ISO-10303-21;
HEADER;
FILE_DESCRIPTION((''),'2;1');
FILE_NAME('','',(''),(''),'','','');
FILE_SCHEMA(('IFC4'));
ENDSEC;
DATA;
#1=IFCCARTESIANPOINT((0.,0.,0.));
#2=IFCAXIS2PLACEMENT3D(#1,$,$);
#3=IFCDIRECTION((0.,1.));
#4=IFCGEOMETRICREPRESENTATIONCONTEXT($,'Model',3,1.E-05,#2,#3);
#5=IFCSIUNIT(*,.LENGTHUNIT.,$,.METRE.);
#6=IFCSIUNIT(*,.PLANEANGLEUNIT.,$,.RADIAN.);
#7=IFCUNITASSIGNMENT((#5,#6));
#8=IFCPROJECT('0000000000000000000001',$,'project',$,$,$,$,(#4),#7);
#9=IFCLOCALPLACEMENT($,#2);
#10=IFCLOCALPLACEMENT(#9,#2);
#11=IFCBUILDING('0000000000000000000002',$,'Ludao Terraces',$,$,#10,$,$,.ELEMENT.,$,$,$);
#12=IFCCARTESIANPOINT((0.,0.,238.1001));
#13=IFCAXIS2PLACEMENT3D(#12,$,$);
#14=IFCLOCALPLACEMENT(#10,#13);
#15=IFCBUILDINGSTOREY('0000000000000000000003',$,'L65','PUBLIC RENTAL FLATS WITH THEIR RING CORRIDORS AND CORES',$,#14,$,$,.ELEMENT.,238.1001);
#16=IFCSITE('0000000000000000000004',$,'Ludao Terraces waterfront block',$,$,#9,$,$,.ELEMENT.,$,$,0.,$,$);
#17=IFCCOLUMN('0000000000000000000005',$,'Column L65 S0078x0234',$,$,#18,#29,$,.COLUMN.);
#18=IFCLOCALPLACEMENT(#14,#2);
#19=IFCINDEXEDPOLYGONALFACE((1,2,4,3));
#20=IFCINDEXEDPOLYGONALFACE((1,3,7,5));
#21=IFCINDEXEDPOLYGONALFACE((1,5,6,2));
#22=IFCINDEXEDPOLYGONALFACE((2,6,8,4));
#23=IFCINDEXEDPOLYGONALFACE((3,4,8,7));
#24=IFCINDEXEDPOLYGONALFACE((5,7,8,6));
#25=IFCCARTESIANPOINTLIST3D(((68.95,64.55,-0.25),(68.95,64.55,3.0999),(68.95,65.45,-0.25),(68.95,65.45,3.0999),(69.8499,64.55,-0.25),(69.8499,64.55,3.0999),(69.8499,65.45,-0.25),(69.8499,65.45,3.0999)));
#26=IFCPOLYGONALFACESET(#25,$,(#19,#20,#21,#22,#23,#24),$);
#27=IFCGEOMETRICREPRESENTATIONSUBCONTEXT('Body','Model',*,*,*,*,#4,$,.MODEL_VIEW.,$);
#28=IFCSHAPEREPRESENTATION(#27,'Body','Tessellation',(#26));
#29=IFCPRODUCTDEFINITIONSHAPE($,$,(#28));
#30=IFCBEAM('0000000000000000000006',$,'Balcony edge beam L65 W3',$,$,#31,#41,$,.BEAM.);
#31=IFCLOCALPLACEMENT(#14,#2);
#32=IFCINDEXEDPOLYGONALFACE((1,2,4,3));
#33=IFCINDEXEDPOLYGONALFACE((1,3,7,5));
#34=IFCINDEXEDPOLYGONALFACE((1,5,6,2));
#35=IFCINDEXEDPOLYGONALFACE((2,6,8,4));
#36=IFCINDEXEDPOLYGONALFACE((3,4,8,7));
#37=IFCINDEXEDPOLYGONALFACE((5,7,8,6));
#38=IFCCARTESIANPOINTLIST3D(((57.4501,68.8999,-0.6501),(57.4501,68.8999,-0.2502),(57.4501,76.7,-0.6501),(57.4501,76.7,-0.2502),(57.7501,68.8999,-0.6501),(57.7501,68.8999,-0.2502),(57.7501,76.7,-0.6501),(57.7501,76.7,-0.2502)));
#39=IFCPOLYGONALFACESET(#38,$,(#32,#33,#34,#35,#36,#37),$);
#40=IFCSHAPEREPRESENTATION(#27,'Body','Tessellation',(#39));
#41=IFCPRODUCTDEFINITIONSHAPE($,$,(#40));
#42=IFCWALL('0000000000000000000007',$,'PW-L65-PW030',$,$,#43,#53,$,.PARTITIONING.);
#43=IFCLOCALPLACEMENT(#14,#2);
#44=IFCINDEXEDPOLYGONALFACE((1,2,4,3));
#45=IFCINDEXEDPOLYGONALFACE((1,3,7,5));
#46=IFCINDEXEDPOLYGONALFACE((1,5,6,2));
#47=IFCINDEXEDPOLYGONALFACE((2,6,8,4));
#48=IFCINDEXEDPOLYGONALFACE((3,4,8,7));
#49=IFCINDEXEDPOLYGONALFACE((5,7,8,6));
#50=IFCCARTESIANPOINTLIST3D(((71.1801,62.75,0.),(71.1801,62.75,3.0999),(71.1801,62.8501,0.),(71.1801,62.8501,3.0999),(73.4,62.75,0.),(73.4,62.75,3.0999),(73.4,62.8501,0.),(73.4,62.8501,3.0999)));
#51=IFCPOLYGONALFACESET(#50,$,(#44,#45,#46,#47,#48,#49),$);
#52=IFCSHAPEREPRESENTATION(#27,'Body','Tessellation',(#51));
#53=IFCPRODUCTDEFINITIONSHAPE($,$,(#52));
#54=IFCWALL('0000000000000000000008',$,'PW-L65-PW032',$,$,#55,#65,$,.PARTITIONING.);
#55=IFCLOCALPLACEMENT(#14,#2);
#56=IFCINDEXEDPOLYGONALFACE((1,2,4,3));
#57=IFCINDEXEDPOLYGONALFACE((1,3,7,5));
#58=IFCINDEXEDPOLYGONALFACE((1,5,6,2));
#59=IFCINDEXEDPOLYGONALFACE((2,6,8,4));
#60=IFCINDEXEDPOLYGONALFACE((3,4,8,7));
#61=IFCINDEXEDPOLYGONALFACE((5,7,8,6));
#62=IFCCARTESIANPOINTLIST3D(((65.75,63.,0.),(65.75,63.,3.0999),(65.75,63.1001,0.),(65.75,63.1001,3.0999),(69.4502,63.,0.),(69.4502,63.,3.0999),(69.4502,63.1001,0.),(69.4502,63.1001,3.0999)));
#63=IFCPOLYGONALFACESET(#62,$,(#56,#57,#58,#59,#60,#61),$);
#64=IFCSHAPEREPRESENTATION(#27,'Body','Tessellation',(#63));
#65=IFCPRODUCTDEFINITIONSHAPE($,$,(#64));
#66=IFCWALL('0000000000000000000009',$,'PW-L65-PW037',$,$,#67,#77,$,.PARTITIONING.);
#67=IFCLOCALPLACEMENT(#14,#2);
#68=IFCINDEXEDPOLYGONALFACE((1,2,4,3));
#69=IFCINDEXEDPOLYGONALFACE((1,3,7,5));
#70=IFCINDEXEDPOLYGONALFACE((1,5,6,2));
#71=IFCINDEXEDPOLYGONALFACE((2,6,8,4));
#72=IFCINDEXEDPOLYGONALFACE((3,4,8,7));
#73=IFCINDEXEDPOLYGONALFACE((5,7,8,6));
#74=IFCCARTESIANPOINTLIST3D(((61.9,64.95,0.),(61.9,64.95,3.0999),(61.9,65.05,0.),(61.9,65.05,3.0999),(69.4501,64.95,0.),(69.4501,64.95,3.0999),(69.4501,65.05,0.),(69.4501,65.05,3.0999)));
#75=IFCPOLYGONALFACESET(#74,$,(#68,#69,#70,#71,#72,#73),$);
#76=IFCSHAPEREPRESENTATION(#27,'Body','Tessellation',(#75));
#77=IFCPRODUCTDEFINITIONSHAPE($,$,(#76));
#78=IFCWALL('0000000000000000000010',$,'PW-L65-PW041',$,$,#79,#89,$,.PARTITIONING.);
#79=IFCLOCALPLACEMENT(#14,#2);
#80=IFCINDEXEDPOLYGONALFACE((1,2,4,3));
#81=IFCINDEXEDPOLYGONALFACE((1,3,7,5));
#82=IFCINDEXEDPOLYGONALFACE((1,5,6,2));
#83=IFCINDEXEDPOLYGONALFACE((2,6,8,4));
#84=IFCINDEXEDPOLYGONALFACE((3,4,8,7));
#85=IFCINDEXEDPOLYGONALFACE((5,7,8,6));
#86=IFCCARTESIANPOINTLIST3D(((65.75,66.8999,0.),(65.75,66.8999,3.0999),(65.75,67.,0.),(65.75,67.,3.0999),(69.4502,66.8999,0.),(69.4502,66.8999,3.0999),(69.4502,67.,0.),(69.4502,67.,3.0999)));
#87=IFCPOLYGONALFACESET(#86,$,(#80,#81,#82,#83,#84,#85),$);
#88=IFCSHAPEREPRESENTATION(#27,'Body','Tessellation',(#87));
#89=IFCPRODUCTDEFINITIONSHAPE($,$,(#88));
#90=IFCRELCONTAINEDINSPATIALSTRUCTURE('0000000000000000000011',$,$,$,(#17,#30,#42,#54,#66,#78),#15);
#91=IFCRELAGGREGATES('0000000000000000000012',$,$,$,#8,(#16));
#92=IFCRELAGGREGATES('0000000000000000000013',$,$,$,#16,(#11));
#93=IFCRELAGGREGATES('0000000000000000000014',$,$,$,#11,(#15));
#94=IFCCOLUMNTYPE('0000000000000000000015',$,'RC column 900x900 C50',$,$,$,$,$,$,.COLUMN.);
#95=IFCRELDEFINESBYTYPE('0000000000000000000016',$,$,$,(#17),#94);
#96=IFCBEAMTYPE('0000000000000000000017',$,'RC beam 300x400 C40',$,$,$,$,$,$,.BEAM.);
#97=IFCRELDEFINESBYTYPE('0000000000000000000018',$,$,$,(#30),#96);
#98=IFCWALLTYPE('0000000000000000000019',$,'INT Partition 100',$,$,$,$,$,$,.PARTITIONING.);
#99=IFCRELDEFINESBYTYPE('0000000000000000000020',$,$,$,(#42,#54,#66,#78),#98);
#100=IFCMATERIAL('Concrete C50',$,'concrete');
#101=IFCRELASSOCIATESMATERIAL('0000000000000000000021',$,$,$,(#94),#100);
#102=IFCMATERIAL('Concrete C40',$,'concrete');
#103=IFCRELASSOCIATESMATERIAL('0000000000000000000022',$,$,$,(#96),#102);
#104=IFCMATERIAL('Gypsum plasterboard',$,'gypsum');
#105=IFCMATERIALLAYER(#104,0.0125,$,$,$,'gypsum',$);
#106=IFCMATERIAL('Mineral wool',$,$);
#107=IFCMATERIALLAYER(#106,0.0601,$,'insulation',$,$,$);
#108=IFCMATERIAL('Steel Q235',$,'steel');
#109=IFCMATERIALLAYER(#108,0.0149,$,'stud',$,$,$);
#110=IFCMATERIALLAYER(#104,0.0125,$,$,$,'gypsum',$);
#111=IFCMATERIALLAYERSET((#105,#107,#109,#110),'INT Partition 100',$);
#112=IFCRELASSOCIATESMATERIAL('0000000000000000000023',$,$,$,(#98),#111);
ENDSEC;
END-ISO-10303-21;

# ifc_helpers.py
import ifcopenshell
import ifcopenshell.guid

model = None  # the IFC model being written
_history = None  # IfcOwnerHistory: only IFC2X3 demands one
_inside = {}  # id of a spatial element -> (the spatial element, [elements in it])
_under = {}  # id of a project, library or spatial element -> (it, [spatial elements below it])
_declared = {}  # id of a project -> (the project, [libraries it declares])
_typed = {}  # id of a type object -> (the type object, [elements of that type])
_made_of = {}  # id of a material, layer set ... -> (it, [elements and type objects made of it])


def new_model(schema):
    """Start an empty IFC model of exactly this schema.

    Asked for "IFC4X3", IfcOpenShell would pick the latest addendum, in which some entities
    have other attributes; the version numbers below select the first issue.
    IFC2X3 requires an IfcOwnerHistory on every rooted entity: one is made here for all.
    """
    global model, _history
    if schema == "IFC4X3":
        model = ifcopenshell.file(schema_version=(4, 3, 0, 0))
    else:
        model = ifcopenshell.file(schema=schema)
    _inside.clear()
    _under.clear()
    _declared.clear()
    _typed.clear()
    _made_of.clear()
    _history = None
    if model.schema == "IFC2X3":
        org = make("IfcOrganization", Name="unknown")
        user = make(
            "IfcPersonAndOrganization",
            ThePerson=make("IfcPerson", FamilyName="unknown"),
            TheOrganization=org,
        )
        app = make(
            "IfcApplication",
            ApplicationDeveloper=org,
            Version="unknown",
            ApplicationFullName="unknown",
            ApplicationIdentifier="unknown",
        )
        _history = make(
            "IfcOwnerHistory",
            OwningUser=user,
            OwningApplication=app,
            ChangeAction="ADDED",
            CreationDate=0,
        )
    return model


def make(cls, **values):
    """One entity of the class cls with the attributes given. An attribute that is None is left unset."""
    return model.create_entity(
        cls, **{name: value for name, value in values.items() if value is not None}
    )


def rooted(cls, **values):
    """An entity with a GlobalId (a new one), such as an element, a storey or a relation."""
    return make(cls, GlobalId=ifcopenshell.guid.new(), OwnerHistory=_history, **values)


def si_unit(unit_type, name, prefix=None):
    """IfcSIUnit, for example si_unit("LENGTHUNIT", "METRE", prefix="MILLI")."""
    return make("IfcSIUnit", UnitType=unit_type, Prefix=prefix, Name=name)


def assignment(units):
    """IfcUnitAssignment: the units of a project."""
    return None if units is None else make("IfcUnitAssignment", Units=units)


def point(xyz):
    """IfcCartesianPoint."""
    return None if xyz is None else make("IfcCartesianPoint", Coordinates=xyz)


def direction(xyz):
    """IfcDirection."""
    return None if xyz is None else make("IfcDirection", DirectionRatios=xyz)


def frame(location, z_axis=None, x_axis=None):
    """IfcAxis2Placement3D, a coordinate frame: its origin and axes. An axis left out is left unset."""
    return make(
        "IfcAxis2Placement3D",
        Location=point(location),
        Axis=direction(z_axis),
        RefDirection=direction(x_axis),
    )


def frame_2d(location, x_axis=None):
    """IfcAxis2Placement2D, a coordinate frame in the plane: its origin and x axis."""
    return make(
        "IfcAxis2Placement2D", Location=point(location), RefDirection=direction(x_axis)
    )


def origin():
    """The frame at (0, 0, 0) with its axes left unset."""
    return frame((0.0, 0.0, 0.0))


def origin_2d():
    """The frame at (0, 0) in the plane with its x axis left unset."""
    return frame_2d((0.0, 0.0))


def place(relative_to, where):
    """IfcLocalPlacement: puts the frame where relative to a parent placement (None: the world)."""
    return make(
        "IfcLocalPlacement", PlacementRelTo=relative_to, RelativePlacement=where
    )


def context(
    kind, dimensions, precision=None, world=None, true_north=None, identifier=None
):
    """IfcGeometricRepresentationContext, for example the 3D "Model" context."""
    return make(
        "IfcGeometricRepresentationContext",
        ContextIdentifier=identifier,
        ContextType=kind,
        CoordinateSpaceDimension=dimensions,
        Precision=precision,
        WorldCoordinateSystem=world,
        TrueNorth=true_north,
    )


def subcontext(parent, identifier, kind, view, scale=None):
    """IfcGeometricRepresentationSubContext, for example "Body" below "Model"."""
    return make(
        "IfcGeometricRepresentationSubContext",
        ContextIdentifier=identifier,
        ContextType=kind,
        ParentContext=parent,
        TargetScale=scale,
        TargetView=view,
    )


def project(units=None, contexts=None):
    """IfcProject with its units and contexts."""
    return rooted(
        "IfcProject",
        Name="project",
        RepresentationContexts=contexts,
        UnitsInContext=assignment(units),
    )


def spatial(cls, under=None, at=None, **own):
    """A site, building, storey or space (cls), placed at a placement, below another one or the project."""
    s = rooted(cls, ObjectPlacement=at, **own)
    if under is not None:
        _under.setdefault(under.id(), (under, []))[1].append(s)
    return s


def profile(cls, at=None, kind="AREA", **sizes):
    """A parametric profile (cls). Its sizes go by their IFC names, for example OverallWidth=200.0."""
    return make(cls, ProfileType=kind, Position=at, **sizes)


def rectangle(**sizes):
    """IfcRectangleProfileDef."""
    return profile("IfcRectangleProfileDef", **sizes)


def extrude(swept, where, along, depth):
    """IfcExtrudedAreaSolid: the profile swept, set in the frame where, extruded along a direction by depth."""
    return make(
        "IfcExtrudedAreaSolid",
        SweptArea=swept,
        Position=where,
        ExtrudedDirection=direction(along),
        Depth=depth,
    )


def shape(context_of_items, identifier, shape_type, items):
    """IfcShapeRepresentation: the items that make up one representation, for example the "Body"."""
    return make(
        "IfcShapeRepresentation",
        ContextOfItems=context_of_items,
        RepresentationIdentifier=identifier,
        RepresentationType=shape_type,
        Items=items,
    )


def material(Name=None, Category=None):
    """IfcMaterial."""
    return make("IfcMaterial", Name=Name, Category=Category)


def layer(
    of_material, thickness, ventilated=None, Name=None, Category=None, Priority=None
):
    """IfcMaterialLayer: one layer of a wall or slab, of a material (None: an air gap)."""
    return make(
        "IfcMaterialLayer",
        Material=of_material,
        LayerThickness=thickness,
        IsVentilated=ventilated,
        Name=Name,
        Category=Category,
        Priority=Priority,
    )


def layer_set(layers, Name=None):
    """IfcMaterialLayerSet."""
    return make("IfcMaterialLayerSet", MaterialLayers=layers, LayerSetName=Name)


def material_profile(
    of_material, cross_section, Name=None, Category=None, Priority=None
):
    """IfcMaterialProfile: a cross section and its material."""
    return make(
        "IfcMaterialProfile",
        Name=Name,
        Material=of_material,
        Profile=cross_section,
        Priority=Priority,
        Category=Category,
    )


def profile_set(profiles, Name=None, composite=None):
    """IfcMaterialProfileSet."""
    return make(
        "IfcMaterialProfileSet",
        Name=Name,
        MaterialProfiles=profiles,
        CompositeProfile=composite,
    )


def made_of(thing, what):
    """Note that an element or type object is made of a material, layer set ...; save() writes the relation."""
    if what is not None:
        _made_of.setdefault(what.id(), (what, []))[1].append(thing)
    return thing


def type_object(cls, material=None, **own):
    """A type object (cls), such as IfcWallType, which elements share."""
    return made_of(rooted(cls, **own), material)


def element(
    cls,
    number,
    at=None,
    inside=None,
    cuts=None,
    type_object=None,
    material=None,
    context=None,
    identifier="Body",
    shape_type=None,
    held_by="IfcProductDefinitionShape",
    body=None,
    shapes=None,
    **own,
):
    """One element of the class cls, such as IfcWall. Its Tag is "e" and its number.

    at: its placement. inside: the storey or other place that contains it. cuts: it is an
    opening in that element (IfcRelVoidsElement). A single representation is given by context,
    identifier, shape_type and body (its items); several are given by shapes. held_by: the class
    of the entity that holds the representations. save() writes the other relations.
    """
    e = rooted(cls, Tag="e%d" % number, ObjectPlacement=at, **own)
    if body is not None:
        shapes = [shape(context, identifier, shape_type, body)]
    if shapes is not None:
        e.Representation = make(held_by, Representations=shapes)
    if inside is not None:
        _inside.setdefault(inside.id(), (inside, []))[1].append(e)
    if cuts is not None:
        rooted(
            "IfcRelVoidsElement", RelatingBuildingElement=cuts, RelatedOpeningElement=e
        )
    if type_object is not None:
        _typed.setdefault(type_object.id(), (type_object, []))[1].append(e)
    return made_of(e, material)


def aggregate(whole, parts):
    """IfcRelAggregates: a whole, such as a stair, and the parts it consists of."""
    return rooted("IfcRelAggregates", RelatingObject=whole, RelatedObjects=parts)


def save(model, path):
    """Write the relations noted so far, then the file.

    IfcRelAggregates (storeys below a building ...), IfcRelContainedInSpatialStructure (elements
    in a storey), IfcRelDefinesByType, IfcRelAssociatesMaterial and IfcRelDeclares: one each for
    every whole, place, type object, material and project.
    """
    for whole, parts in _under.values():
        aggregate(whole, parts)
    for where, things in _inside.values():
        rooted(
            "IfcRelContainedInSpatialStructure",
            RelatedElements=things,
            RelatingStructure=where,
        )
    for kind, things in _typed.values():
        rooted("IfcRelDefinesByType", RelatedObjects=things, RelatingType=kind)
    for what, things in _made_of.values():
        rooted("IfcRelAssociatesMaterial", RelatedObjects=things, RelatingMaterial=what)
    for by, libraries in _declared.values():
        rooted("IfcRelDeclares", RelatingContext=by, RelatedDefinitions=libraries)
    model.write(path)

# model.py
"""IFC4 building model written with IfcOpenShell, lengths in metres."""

from ifc_helpers import new_model, si_unit, direction, frame, frame_2d, origin, origin_2d, place, context, subcontext, project, spatial, rectangle, extrude, material, layer, layer_set, material_profile, profile_set, type_object, element, save


model = new_model("IFC4")

# Units and contexts
model_context = context("Model", 3, precision=1e-05, world=origin(), true_north=direction((0.0, 1.0)))
body_context = subcontext(model_context, "Body", "Model", "MODEL_VIEW")
ifc_project = project(units=[si_unit("LENGTHUNIT", "METRE"), si_unit("PLANEANGLEUNIT", "RADIAN")], contexts=[model_context])

# Site, building, storey
site_placement = place(None, origin())
site = spatial("IfcSite", under=ifc_project, at=site_placement, Name="Ludao Terraces waterfront block", CompositionType="ELEMENT", RefElevation=0.0)
building_placement = place(site_placement, origin())
building = spatial("IfcBuilding", under=site, at=building_placement, Name="Ludao Terraces", CompositionType="ELEMENT")
storey_placement = place(building_placement, frame((0.0, 0.0, 238.1001)))
storey = spatial("IfcBuildingStorey", under=building, at=storey_placement, Name="L65", Description="PUBLIC RENTAL FLATS WITH THEIR RING CORRIDORS AND CORES", CompositionType="ELEMENT", Elevation=238.1001)

# Column
ifc_material_1 = material(Name="Concrete C50", Category="concrete")
ifc_material_profile_1 = material_profile(ifc_material_1, rectangle(XDim=0.8999, YDim=0.8999, at=origin_2d()), Name="900 X 900")
ifc_profile_set_1 = profile_set([ifc_material_profile_1], Name="Concrete C50")
column_type = type_object("IfcColumnType", Name="RC column 900x900 C50", PredefinedType="COLUMN", material=ifc_profile_set_1)
column_placement = place(storey_placement, frame((69.3999, 65.0, -0.25), z_axis=(0.0, 0.0, 1.0), x_axis=(1.0, 0.0, 0.0)))
element("IfcColumn", 1, at=column_placement, inside=storey, type_object=column_type, Name="Column L65 S0078x0234", PredefinedType="COLUMN", context=body_context, shape_type="SweptSolid", body=[
    extrude(rectangle(XDim=0.8999, YDim=0.8999, at=origin_2d()), origin(), (0.0, 0.0, 1.0), 3.3499),
])

# Beam
ifc_material_2 = material(Name="Concrete C40", Category="concrete")
ifc_material_profile_2 = material_profile(ifc_material_2, rectangle(XDim=0.3, YDim=0.3999, at=origin_2d()), Name="300 X 400")
ifc_profile_set_2 = profile_set([ifc_material_profile_2], Name="Concrete C40")
beam_type = type_object("IfcBeamType", Name="RC beam 300x400 C40", PredefinedType="BEAM", material=ifc_profile_set_2)
beam_placement = place(storey_placement, frame((57.6001, 68.8999, -0.4502), z_axis=(0.0, 1.0, 0.0), x_axis=(-1.0, 0.0, 0.0)))
element("IfcBeam", 2, at=beam_placement, inside=storey, type_object=beam_type, Name="Balcony edge beam L65 W3", PredefinedType="BEAM", context=body_context, shape_type="SweptSolid", body=[
    extrude(rectangle(XDim=0.3, YDim=0.3999, at=origin_2d()), origin(), (0.0, 0.0, 1.0), 7.8),
])

# Shared definitions
ifc_material_3 = material(Name="Mineral wool")

# Walls
ifc_material_4 = material(Name="Gypsum plasterboard", Category="gypsum")
ifc_layer_1 = layer(ifc_material_4, 0.0125, Category="gypsum")
ifc_layer_2 = layer(ifc_material_3, 0.0601, Name="insulation")
ifc_material_5 = material(Name="Steel Q235", Category="steel")
ifc_layer_3 = layer(ifc_material_5, 0.0149, Name="stud")
ifc_layer_4 = layer(ifc_material_4, 0.0125, Category="gypsum")
ifc_layer_set_1 = layer_set([ifc_layer_1, ifc_layer_2, ifc_layer_3, ifc_layer_4], Name="INT Partition 100")
wall_type_1 = type_object("IfcWallType", Name="INT Partition 100", PredefinedType="PARTITIONING", material=ifc_layer_set_1)
wall_1_placement = place(storey_placement, frame((71.1802, 62.8, 0.0), z_axis=(0.0, 0.0, 1.0), x_axis=(1.0, 0.0, 0.0)))
element("IfcWall", 3, at=wall_1_placement, inside=storey, type_object=wall_type_1, Name="PW-L65-PW030", PredefinedType="PARTITIONING", context=body_context, shape_type="SweptSolid", body=[
    extrude(rectangle(XDim=2.22, YDim=0.1001, at=frame_2d((1.1099, 0.0))), origin(), (0.0, 0.0, 1.0), 3.0999),
])
wall_2_placement = place(storey_placement, frame((65.75, 63.05, 0.0), z_axis=(0.0, 0.0, 1.0), x_axis=(1.0, 0.0, 0.0)))
element("IfcWall", 4, at=wall_2_placement, inside=storey, type_object=wall_type_1, Name="PW-L65-PW032", PredefinedType="PARTITIONING", context=body_context, shape_type="SweptSolid", body=[
    extrude(rectangle(XDim=3.7002, YDim=0.1001, at=frame_2d((1.8501, 0.0))), origin(), (0.0, 0.0, 1.0), 3.0999),
])
wall_3_placement = place(storey_placement, frame((61.9001, 65.0, 0.0), z_axis=(0.0, 0.0, 1.0), x_axis=(1.0, 0.0, 0.0)))
element("IfcWall", 5, at=wall_3_placement, inside=storey, type_object=wall_type_1, Name="PW-L65-PW037", PredefinedType="PARTITIONING", context=body_context, shape_type="SweptSolid", body=[
    extrude(rectangle(XDim=7.55, YDim=0.1001, at=frame_2d((3.7749, 0.0))), origin(), (0.0, 0.0, 1.0), 3.0999),
])
wall_4_placement = place(storey_placement, frame((65.75, 66.95, 0.0), z_axis=(0.0, 0.0, 1.0), x_axis=(1.0, 0.0, 0.0)))
element("IfcWall", 6, at=wall_4_placement, inside=storey, type_object=wall_type_1, Name="PW-L65-PW041", PredefinedType="PARTITIONING", context=body_context, shape_type="SweptSolid", body=[
    extrude(rectangle(XDim=3.7002, YDim=0.1001, at=frame_2d((1.8501, 0.0))), origin(), (0.0, 0.0, 1.0), 3.0999),
])

save(model, "model.ifc")
